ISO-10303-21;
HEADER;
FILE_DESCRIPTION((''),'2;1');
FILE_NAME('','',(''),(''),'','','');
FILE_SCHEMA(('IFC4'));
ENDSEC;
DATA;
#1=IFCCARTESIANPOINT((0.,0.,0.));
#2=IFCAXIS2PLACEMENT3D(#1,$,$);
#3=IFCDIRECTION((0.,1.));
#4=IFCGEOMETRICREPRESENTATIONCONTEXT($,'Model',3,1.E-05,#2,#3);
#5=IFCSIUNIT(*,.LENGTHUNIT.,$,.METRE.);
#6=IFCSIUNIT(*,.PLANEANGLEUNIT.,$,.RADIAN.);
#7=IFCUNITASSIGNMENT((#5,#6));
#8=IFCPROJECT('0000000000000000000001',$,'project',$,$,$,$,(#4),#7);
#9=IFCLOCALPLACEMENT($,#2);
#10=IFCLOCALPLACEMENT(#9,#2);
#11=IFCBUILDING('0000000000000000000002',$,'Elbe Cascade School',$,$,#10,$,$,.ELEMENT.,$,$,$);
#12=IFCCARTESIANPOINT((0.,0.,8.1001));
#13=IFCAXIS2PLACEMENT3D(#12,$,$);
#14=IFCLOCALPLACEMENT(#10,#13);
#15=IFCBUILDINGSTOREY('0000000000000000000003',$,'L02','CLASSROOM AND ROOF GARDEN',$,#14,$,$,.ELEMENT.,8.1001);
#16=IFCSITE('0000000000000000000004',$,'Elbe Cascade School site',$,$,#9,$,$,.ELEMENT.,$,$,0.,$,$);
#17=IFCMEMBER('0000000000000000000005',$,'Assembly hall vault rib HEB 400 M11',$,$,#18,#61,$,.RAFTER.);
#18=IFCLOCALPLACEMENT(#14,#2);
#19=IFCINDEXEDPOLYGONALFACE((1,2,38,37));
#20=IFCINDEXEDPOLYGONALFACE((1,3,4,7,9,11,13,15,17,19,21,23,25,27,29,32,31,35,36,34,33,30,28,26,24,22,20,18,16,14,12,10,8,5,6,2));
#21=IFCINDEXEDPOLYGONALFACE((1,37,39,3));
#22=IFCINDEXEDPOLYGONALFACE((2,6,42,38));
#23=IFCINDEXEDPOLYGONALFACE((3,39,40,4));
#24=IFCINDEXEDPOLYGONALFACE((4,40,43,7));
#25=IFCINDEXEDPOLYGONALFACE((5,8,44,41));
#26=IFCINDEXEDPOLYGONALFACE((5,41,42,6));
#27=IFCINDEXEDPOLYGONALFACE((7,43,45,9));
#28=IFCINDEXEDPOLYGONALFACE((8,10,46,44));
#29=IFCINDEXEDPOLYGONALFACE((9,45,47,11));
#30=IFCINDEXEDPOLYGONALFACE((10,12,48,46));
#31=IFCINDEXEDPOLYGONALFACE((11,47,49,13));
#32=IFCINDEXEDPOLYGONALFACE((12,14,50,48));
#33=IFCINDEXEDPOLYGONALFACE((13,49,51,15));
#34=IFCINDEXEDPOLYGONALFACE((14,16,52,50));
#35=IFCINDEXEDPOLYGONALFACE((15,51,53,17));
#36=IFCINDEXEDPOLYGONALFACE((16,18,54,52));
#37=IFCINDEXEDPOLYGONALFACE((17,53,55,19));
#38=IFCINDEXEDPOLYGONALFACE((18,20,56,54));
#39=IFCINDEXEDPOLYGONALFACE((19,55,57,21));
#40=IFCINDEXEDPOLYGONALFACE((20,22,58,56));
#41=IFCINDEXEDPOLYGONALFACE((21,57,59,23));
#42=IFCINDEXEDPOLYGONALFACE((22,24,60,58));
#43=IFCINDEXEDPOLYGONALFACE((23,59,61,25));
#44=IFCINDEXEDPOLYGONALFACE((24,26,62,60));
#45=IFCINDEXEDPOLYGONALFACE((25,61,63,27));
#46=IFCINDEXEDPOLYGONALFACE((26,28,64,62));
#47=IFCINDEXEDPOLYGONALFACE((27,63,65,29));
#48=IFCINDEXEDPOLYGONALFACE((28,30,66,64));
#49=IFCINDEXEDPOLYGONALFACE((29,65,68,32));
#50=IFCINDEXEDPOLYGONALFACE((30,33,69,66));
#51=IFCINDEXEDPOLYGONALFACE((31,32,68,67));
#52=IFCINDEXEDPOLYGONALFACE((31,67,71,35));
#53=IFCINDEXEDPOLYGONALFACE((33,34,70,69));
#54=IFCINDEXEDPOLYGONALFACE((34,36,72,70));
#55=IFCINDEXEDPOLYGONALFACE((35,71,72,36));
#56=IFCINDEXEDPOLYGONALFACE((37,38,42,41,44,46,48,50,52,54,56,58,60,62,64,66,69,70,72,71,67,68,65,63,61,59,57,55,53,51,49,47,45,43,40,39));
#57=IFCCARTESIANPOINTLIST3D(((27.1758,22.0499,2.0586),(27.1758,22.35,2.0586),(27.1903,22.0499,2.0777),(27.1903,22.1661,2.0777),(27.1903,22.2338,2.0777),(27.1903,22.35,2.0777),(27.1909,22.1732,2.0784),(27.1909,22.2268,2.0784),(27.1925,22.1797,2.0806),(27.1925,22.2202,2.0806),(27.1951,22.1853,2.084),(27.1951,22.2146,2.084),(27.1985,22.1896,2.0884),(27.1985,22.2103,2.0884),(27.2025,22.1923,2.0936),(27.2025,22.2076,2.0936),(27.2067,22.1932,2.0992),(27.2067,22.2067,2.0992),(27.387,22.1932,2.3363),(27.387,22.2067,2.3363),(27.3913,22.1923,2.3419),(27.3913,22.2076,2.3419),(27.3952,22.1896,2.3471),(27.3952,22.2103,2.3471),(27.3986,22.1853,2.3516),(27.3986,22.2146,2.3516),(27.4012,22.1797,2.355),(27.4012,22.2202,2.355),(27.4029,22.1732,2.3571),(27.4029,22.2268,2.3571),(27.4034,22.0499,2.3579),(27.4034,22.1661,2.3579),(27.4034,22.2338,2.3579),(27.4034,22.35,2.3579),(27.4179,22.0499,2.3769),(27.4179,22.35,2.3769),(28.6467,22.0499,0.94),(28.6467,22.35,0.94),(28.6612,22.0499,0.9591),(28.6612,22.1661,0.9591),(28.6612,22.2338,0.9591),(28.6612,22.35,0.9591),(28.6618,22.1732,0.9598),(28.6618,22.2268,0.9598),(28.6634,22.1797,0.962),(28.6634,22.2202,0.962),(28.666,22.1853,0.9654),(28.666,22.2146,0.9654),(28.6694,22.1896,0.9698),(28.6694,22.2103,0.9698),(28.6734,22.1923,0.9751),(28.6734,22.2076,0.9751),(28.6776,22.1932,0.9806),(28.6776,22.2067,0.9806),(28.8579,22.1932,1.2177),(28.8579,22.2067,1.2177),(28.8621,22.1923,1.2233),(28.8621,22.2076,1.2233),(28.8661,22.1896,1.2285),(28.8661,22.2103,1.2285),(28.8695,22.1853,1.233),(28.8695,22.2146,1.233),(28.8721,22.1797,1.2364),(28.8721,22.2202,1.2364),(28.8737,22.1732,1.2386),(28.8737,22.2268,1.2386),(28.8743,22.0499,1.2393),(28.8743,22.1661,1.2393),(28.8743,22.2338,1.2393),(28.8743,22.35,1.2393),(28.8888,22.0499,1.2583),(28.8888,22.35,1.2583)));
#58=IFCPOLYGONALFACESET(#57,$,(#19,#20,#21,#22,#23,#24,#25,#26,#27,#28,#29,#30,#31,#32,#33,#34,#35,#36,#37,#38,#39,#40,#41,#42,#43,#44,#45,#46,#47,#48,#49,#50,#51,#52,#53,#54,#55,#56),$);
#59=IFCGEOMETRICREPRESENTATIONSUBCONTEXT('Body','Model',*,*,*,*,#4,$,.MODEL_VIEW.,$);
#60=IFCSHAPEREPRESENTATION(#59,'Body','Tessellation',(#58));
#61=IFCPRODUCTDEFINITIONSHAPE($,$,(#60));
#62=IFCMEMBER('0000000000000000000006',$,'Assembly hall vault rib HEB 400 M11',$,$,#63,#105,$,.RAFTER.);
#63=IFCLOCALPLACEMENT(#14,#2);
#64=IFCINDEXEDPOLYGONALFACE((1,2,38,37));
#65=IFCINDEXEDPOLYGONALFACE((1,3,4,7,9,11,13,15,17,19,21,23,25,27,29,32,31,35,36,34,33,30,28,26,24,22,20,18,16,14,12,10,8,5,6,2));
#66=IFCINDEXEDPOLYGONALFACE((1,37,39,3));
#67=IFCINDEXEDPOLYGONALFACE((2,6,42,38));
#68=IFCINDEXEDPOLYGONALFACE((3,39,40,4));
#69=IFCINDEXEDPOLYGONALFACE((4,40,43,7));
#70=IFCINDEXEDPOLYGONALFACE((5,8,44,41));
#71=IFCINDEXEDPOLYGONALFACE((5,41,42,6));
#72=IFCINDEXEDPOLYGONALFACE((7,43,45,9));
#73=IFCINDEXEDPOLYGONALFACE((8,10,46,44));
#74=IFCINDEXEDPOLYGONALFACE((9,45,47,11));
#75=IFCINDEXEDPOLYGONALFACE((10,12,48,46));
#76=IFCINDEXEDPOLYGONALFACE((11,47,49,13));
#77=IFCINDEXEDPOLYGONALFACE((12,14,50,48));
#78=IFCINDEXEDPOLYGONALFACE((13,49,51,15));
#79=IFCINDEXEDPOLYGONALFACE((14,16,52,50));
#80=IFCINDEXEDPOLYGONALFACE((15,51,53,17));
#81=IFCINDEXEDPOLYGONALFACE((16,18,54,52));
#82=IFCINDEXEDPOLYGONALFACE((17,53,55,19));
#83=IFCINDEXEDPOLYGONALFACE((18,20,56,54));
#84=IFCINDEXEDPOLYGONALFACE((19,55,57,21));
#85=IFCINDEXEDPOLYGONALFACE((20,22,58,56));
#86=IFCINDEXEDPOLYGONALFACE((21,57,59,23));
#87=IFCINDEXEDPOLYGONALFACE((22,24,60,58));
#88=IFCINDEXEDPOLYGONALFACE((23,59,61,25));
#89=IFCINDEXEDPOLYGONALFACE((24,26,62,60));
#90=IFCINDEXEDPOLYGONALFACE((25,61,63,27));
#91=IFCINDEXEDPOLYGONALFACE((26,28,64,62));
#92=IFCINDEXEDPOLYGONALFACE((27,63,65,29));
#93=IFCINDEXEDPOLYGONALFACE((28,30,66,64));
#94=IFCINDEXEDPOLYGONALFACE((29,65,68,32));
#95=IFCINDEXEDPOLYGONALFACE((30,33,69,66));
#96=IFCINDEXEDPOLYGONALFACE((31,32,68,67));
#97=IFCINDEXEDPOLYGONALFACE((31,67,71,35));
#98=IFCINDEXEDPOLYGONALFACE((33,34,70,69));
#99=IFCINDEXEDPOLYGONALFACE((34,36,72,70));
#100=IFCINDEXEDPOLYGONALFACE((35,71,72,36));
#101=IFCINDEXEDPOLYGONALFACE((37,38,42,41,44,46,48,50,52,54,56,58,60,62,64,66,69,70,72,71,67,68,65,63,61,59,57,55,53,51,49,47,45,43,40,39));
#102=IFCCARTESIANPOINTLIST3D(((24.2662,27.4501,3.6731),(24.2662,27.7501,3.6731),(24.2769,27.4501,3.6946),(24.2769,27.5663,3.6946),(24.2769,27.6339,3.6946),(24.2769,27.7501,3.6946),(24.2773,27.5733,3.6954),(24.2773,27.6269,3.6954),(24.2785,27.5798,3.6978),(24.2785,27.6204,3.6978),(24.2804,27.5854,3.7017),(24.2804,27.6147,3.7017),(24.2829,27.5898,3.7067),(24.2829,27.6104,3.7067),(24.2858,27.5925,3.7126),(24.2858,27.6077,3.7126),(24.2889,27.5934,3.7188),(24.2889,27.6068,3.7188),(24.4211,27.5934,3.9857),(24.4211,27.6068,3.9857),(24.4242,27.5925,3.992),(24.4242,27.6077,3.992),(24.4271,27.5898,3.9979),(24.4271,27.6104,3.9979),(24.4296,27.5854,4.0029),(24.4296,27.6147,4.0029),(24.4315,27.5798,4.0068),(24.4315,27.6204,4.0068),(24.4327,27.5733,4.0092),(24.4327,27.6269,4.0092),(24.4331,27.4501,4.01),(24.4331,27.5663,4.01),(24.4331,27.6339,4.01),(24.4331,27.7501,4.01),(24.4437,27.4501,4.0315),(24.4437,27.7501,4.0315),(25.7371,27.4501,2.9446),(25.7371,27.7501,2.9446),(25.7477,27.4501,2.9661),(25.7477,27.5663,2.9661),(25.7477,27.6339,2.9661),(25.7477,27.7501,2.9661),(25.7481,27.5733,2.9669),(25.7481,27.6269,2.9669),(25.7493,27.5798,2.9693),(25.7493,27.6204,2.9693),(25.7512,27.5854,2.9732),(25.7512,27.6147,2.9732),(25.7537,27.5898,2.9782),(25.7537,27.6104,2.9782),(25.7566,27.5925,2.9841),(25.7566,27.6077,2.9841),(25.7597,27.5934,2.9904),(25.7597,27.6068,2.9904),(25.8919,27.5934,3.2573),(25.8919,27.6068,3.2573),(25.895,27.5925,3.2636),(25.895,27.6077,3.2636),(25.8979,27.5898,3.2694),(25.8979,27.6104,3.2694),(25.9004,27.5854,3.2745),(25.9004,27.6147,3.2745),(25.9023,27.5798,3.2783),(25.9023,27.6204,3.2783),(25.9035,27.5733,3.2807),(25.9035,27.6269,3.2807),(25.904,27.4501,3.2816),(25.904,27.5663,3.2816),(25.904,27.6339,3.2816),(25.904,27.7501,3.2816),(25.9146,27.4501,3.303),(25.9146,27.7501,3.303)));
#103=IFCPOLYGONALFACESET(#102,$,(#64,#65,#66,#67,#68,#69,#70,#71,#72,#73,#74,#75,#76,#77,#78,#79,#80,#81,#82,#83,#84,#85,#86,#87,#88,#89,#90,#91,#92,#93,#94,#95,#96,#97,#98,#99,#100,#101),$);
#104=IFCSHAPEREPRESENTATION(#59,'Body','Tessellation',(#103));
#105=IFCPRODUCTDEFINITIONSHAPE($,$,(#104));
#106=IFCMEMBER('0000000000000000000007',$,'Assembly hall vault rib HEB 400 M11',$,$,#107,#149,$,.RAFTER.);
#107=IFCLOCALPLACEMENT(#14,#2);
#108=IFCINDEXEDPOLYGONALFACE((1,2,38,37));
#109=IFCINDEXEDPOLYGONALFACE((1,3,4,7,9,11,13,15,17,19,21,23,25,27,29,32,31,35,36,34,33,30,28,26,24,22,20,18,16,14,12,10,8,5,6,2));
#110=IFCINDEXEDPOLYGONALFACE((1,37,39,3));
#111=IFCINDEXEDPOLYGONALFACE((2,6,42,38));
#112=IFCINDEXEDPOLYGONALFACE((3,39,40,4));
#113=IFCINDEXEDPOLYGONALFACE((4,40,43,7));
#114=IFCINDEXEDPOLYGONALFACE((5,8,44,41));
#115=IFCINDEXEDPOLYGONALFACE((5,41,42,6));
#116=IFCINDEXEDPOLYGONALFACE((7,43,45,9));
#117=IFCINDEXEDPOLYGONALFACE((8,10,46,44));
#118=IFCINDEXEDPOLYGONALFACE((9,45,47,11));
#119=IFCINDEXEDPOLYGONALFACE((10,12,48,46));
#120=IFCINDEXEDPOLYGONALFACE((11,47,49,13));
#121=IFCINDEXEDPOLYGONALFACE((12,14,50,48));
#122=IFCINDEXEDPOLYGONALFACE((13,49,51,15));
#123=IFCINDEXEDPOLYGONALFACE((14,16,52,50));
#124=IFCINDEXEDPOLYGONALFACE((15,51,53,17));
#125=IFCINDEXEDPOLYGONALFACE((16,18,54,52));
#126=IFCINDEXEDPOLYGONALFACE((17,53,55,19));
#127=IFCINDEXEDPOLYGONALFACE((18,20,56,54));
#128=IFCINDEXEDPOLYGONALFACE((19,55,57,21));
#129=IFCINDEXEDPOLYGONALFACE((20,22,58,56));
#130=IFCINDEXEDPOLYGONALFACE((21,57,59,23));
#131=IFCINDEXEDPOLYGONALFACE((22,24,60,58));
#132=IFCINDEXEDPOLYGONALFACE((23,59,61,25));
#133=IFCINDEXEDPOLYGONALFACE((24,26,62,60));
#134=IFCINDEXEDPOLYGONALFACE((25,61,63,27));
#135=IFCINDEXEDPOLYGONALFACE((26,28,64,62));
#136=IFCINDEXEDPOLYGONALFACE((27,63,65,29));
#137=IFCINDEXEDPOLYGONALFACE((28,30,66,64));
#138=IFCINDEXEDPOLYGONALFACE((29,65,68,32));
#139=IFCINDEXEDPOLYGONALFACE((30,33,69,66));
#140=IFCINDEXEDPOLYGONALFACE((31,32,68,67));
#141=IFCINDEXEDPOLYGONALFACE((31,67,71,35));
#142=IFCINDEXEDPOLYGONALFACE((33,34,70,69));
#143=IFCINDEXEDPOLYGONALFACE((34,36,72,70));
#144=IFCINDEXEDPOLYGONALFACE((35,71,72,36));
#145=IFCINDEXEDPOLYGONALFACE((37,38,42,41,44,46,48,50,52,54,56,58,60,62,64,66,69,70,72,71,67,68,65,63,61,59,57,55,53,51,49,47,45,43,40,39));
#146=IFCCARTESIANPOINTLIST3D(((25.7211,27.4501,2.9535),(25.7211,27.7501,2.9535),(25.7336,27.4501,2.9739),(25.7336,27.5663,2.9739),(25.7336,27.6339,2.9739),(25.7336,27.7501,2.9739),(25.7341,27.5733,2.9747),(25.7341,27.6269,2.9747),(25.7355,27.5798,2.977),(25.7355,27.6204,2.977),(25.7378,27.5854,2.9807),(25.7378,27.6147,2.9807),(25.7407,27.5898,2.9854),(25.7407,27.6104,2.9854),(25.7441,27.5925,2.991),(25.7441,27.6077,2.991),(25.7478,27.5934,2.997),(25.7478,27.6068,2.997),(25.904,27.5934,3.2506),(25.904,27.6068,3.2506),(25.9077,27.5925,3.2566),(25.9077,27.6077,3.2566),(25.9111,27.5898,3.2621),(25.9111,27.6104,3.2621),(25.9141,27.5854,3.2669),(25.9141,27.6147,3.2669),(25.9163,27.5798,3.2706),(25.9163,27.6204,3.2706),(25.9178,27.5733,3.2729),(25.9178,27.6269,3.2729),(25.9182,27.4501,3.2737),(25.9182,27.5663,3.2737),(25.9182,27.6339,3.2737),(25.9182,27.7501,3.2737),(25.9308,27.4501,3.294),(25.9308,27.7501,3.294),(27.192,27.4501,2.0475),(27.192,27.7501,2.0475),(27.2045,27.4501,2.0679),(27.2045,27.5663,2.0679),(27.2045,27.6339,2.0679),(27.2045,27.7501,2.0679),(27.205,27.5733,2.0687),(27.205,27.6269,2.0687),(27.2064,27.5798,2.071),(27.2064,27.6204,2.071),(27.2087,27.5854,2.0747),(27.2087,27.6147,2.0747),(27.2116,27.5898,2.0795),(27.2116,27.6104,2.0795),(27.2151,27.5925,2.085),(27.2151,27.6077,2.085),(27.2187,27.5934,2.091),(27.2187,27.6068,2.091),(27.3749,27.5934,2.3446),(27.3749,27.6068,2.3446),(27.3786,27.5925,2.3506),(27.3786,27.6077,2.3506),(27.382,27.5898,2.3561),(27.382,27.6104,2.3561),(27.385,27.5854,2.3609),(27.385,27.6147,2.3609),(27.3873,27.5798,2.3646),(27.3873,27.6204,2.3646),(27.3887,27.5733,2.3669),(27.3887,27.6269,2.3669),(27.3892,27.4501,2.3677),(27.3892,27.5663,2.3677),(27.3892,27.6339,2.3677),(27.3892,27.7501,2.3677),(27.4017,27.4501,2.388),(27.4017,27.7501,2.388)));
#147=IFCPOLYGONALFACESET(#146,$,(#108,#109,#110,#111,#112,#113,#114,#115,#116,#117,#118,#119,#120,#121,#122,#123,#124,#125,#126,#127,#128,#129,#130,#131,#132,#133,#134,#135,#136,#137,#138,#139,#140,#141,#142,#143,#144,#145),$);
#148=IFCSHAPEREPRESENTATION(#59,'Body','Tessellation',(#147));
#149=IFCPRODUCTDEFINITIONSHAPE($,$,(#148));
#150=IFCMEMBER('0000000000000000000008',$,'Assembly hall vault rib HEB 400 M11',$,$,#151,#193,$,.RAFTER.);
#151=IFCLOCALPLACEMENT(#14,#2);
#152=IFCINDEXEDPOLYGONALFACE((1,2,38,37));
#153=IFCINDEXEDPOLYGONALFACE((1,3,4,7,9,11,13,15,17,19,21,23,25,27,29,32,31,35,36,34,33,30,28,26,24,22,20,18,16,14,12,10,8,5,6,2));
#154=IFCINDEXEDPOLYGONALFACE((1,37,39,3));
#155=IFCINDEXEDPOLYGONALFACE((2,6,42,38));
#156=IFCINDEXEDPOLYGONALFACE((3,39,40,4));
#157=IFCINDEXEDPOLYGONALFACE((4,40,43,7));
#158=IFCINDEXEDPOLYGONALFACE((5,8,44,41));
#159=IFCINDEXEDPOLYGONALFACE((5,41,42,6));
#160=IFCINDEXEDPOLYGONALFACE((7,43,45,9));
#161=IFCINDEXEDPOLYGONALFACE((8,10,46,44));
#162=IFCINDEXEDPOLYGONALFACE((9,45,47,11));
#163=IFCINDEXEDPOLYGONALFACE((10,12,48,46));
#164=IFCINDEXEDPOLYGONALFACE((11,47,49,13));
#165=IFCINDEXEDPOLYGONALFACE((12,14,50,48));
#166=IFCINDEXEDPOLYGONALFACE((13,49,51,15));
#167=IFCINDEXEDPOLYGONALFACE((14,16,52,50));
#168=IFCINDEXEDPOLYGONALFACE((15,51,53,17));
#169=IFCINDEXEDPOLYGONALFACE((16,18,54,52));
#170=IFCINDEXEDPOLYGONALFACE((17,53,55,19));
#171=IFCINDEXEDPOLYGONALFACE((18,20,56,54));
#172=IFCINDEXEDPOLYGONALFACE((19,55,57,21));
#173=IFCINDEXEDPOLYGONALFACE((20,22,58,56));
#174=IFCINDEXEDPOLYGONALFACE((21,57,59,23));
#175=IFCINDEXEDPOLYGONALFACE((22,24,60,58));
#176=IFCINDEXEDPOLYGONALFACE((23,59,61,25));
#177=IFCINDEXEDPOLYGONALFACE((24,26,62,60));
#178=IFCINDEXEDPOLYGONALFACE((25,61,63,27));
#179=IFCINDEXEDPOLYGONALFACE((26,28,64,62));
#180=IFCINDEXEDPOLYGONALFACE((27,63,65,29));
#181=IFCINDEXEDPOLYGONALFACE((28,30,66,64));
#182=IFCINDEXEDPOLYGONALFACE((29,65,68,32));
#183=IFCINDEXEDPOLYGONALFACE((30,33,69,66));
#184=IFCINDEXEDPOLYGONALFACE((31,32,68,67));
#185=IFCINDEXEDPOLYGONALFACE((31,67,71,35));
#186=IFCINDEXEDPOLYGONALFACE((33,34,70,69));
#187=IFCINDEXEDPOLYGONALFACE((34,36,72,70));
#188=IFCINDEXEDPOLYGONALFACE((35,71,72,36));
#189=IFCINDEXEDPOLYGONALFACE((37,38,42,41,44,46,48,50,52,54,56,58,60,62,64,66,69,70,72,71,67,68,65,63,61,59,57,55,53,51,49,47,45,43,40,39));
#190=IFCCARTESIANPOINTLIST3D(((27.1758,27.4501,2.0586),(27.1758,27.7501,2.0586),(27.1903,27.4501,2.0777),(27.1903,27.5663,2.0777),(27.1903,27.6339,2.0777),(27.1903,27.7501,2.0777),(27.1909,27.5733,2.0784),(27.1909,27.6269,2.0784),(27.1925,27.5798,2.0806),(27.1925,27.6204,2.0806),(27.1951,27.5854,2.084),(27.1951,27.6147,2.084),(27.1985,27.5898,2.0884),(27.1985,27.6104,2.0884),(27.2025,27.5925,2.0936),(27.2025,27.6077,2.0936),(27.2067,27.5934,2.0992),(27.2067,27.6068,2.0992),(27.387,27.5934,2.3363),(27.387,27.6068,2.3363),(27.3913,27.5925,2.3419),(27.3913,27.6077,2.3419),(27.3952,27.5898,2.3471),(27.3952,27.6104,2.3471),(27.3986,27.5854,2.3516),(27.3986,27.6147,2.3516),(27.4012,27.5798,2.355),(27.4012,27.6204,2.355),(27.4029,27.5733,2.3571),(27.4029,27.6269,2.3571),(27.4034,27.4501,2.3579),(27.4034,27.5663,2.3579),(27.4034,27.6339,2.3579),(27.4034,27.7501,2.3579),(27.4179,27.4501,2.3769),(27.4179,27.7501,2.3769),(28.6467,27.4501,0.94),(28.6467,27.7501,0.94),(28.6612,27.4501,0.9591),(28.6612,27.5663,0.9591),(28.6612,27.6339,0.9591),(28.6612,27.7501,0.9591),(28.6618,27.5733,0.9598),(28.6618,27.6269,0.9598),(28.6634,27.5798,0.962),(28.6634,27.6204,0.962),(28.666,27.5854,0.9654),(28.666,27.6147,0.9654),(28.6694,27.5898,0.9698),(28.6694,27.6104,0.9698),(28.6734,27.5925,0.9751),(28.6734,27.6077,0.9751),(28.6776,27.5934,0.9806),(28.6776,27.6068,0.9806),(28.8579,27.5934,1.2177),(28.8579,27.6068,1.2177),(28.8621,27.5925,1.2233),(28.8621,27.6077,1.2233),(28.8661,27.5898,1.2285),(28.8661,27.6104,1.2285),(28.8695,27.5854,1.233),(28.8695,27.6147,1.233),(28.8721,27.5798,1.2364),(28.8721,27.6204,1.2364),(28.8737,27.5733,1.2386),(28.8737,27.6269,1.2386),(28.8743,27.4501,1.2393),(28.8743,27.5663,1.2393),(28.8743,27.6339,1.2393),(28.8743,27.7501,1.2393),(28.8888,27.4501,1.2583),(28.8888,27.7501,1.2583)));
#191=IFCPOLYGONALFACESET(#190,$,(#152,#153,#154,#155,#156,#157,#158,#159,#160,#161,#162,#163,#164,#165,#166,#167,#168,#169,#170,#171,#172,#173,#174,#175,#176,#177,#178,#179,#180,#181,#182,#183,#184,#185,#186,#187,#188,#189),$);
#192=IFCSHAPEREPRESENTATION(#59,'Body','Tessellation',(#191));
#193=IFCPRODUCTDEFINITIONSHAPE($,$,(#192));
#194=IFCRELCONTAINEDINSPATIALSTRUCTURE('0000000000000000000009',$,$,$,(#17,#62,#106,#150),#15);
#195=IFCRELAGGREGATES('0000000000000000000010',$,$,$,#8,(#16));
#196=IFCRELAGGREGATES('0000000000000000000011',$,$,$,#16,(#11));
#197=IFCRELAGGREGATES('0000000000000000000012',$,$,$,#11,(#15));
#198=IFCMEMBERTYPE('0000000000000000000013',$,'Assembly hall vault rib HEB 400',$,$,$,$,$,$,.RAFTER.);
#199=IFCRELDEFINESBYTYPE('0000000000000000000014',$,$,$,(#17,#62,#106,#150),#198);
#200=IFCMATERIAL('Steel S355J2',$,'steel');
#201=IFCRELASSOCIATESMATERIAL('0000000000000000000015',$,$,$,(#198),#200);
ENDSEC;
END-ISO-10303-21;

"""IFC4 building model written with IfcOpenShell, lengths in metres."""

from ifc_helpers import new_model, si_unit, direction, frame, origin, origin_2d, place, context, subcontext, project, spatial, i_section, extrude, material, material_profile, profile_set, type_object, element, save


model = new_model("IFC4")

# Units and contexts
model_context = context("Model", 3, precision=1e-05, world=origin(), true_north=direction((0.0, 1.0)))
body_context = subcontext(model_context, "Body", "Model", "MODEL_VIEW")
ifc_project = project(units=[si_unit("LENGTHUNIT", "METRE"), si_unit("PLANEANGLEUNIT", "RADIAN")], contexts=[model_context])

# Site, building, storey
site_placement = place(None, origin())
site = spatial("IfcSite", under=ifc_project, at=site_placement, Name="Elbe Cascade School site", CompositionType="ELEMENT", RefElevation=0.0)
building_placement = place(site_placement, origin())
building = spatial("IfcBuilding", under=site, at=building_placement, Name="Elbe Cascade School", CompositionType="ELEMENT")
storey_placement = place(building_placement, frame((0.0, 0.0, 8.1001)))
storey = spatial("IfcBuildingStorey", under=building, at=storey_placement, Name="L02", Description="CLASSROOM AND ROOF GARDEN", CompositionType="ELEMENT", Elevation=8.1001)

# Members
ifc_material_1 = material(Name="Steel S355J2", Category="steel")
ifc_material_profile_1 = material_profile(ifc_material_1, i_section(OverallWidth=0.3, OverallDepth=0.3999, WebThickness=0.0134, FlangeThickness=0.0239, FilletRadius=0.0271, at=origin_2d()), Name="HEB 400")
ifc_profile_set_1 = profile_set([ifc_material_profile_1], Name="Steel S355J2")
member_type_1 = type_object("IfcMemberType", Name="Assembly hall vault rib HEB 400", PredefinedType="RAFTER", material=ifc_profile_set_1)
member_1_placement = place(storey_placement, frame((27.2969, 22.2, 2.2178), z_axis=(0.795971, 0.0, -0.605334), x_axis=(0.0, 1.0, 0.0)))
element("IfcMember", 1, at=member_1_placement, inside=storey, type_object=member_type_1, Name="Assembly hall vault rib HEB 400 M11", PredefinedType="RAFTER", context=body_context, shape_type="SweptSolid", body=[
    extrude(i_section(OverallWidth=0.3, OverallDepth=0.3999, WebThickness=0.0134, FlangeThickness=0.0239, FilletRadius=0.0271, at=origin_2d()), origin(), (0.0, 0.0, 1.0), 1.8479),
])
member_2_placement = place(storey_placement, frame((24.355, 27.6001, 3.8523), z_axis=(0.896116, 0.0, -0.443819), x_axis=(0.0, 1.0, 0.0)))
element("IfcMember", 2, at=member_2_placement, inside=storey, type_object=member_type_1, Name="Assembly hall vault rib HEB 400 M11", PredefinedType="RAFTER", context=body_context, shape_type="SweptSolid", body=[
    extrude(i_section(OverallWidth=0.3, OverallDepth=0.3999, WebThickness=0.0134, FlangeThickness=0.0239, FilletRadius=0.0271, at=origin_2d()), origin(), (0.0, 0.0, 1.0), 1.6414),
])
member_3_placement = place(storey_placement, frame((25.8259, 27.6001, 3.1238), z_axis=(0.85145, 0.0, -0.524436), x_axis=(0.0, 1.0, 0.0)))
element("IfcMember", 3, at=member_3_placement, inside=storey, type_object=member_type_1, Name="Assembly hall vault rib HEB 400 M11", PredefinedType="RAFTER", context=body_context, shape_type="SweptSolid", body=[
    extrude(i_section(OverallWidth=0.3, OverallDepth=0.3999, WebThickness=0.0134, FlangeThickness=0.0239, FilletRadius=0.0271, at=origin_2d()), origin(), (0.0, 0.0, 1.0), 1.7275),
])
member_4_placement = place(storey_placement, frame((27.2969, 27.6001, 2.2178), z_axis=(0.795971, 0.0, -0.605334), x_axis=(0.0, 1.0, 0.0)))
element("IfcMember", 4, at=member_4_placement, inside=storey, type_object=member_type_1, Name="Assembly hall vault rib HEB 400 M11", PredefinedType="RAFTER", context=body_context, shape_type="SweptSolid", body=[
    extrude(i_section(OverallWidth=0.3, OverallDepth=0.3999, WebThickness=0.0134, FlangeThickness=0.0239, FilletRadius=0.0271, at=origin_2d()), origin(), (0.0, 0.0, 1.0), 1.8479),
])

save(model, "model.ifc")
